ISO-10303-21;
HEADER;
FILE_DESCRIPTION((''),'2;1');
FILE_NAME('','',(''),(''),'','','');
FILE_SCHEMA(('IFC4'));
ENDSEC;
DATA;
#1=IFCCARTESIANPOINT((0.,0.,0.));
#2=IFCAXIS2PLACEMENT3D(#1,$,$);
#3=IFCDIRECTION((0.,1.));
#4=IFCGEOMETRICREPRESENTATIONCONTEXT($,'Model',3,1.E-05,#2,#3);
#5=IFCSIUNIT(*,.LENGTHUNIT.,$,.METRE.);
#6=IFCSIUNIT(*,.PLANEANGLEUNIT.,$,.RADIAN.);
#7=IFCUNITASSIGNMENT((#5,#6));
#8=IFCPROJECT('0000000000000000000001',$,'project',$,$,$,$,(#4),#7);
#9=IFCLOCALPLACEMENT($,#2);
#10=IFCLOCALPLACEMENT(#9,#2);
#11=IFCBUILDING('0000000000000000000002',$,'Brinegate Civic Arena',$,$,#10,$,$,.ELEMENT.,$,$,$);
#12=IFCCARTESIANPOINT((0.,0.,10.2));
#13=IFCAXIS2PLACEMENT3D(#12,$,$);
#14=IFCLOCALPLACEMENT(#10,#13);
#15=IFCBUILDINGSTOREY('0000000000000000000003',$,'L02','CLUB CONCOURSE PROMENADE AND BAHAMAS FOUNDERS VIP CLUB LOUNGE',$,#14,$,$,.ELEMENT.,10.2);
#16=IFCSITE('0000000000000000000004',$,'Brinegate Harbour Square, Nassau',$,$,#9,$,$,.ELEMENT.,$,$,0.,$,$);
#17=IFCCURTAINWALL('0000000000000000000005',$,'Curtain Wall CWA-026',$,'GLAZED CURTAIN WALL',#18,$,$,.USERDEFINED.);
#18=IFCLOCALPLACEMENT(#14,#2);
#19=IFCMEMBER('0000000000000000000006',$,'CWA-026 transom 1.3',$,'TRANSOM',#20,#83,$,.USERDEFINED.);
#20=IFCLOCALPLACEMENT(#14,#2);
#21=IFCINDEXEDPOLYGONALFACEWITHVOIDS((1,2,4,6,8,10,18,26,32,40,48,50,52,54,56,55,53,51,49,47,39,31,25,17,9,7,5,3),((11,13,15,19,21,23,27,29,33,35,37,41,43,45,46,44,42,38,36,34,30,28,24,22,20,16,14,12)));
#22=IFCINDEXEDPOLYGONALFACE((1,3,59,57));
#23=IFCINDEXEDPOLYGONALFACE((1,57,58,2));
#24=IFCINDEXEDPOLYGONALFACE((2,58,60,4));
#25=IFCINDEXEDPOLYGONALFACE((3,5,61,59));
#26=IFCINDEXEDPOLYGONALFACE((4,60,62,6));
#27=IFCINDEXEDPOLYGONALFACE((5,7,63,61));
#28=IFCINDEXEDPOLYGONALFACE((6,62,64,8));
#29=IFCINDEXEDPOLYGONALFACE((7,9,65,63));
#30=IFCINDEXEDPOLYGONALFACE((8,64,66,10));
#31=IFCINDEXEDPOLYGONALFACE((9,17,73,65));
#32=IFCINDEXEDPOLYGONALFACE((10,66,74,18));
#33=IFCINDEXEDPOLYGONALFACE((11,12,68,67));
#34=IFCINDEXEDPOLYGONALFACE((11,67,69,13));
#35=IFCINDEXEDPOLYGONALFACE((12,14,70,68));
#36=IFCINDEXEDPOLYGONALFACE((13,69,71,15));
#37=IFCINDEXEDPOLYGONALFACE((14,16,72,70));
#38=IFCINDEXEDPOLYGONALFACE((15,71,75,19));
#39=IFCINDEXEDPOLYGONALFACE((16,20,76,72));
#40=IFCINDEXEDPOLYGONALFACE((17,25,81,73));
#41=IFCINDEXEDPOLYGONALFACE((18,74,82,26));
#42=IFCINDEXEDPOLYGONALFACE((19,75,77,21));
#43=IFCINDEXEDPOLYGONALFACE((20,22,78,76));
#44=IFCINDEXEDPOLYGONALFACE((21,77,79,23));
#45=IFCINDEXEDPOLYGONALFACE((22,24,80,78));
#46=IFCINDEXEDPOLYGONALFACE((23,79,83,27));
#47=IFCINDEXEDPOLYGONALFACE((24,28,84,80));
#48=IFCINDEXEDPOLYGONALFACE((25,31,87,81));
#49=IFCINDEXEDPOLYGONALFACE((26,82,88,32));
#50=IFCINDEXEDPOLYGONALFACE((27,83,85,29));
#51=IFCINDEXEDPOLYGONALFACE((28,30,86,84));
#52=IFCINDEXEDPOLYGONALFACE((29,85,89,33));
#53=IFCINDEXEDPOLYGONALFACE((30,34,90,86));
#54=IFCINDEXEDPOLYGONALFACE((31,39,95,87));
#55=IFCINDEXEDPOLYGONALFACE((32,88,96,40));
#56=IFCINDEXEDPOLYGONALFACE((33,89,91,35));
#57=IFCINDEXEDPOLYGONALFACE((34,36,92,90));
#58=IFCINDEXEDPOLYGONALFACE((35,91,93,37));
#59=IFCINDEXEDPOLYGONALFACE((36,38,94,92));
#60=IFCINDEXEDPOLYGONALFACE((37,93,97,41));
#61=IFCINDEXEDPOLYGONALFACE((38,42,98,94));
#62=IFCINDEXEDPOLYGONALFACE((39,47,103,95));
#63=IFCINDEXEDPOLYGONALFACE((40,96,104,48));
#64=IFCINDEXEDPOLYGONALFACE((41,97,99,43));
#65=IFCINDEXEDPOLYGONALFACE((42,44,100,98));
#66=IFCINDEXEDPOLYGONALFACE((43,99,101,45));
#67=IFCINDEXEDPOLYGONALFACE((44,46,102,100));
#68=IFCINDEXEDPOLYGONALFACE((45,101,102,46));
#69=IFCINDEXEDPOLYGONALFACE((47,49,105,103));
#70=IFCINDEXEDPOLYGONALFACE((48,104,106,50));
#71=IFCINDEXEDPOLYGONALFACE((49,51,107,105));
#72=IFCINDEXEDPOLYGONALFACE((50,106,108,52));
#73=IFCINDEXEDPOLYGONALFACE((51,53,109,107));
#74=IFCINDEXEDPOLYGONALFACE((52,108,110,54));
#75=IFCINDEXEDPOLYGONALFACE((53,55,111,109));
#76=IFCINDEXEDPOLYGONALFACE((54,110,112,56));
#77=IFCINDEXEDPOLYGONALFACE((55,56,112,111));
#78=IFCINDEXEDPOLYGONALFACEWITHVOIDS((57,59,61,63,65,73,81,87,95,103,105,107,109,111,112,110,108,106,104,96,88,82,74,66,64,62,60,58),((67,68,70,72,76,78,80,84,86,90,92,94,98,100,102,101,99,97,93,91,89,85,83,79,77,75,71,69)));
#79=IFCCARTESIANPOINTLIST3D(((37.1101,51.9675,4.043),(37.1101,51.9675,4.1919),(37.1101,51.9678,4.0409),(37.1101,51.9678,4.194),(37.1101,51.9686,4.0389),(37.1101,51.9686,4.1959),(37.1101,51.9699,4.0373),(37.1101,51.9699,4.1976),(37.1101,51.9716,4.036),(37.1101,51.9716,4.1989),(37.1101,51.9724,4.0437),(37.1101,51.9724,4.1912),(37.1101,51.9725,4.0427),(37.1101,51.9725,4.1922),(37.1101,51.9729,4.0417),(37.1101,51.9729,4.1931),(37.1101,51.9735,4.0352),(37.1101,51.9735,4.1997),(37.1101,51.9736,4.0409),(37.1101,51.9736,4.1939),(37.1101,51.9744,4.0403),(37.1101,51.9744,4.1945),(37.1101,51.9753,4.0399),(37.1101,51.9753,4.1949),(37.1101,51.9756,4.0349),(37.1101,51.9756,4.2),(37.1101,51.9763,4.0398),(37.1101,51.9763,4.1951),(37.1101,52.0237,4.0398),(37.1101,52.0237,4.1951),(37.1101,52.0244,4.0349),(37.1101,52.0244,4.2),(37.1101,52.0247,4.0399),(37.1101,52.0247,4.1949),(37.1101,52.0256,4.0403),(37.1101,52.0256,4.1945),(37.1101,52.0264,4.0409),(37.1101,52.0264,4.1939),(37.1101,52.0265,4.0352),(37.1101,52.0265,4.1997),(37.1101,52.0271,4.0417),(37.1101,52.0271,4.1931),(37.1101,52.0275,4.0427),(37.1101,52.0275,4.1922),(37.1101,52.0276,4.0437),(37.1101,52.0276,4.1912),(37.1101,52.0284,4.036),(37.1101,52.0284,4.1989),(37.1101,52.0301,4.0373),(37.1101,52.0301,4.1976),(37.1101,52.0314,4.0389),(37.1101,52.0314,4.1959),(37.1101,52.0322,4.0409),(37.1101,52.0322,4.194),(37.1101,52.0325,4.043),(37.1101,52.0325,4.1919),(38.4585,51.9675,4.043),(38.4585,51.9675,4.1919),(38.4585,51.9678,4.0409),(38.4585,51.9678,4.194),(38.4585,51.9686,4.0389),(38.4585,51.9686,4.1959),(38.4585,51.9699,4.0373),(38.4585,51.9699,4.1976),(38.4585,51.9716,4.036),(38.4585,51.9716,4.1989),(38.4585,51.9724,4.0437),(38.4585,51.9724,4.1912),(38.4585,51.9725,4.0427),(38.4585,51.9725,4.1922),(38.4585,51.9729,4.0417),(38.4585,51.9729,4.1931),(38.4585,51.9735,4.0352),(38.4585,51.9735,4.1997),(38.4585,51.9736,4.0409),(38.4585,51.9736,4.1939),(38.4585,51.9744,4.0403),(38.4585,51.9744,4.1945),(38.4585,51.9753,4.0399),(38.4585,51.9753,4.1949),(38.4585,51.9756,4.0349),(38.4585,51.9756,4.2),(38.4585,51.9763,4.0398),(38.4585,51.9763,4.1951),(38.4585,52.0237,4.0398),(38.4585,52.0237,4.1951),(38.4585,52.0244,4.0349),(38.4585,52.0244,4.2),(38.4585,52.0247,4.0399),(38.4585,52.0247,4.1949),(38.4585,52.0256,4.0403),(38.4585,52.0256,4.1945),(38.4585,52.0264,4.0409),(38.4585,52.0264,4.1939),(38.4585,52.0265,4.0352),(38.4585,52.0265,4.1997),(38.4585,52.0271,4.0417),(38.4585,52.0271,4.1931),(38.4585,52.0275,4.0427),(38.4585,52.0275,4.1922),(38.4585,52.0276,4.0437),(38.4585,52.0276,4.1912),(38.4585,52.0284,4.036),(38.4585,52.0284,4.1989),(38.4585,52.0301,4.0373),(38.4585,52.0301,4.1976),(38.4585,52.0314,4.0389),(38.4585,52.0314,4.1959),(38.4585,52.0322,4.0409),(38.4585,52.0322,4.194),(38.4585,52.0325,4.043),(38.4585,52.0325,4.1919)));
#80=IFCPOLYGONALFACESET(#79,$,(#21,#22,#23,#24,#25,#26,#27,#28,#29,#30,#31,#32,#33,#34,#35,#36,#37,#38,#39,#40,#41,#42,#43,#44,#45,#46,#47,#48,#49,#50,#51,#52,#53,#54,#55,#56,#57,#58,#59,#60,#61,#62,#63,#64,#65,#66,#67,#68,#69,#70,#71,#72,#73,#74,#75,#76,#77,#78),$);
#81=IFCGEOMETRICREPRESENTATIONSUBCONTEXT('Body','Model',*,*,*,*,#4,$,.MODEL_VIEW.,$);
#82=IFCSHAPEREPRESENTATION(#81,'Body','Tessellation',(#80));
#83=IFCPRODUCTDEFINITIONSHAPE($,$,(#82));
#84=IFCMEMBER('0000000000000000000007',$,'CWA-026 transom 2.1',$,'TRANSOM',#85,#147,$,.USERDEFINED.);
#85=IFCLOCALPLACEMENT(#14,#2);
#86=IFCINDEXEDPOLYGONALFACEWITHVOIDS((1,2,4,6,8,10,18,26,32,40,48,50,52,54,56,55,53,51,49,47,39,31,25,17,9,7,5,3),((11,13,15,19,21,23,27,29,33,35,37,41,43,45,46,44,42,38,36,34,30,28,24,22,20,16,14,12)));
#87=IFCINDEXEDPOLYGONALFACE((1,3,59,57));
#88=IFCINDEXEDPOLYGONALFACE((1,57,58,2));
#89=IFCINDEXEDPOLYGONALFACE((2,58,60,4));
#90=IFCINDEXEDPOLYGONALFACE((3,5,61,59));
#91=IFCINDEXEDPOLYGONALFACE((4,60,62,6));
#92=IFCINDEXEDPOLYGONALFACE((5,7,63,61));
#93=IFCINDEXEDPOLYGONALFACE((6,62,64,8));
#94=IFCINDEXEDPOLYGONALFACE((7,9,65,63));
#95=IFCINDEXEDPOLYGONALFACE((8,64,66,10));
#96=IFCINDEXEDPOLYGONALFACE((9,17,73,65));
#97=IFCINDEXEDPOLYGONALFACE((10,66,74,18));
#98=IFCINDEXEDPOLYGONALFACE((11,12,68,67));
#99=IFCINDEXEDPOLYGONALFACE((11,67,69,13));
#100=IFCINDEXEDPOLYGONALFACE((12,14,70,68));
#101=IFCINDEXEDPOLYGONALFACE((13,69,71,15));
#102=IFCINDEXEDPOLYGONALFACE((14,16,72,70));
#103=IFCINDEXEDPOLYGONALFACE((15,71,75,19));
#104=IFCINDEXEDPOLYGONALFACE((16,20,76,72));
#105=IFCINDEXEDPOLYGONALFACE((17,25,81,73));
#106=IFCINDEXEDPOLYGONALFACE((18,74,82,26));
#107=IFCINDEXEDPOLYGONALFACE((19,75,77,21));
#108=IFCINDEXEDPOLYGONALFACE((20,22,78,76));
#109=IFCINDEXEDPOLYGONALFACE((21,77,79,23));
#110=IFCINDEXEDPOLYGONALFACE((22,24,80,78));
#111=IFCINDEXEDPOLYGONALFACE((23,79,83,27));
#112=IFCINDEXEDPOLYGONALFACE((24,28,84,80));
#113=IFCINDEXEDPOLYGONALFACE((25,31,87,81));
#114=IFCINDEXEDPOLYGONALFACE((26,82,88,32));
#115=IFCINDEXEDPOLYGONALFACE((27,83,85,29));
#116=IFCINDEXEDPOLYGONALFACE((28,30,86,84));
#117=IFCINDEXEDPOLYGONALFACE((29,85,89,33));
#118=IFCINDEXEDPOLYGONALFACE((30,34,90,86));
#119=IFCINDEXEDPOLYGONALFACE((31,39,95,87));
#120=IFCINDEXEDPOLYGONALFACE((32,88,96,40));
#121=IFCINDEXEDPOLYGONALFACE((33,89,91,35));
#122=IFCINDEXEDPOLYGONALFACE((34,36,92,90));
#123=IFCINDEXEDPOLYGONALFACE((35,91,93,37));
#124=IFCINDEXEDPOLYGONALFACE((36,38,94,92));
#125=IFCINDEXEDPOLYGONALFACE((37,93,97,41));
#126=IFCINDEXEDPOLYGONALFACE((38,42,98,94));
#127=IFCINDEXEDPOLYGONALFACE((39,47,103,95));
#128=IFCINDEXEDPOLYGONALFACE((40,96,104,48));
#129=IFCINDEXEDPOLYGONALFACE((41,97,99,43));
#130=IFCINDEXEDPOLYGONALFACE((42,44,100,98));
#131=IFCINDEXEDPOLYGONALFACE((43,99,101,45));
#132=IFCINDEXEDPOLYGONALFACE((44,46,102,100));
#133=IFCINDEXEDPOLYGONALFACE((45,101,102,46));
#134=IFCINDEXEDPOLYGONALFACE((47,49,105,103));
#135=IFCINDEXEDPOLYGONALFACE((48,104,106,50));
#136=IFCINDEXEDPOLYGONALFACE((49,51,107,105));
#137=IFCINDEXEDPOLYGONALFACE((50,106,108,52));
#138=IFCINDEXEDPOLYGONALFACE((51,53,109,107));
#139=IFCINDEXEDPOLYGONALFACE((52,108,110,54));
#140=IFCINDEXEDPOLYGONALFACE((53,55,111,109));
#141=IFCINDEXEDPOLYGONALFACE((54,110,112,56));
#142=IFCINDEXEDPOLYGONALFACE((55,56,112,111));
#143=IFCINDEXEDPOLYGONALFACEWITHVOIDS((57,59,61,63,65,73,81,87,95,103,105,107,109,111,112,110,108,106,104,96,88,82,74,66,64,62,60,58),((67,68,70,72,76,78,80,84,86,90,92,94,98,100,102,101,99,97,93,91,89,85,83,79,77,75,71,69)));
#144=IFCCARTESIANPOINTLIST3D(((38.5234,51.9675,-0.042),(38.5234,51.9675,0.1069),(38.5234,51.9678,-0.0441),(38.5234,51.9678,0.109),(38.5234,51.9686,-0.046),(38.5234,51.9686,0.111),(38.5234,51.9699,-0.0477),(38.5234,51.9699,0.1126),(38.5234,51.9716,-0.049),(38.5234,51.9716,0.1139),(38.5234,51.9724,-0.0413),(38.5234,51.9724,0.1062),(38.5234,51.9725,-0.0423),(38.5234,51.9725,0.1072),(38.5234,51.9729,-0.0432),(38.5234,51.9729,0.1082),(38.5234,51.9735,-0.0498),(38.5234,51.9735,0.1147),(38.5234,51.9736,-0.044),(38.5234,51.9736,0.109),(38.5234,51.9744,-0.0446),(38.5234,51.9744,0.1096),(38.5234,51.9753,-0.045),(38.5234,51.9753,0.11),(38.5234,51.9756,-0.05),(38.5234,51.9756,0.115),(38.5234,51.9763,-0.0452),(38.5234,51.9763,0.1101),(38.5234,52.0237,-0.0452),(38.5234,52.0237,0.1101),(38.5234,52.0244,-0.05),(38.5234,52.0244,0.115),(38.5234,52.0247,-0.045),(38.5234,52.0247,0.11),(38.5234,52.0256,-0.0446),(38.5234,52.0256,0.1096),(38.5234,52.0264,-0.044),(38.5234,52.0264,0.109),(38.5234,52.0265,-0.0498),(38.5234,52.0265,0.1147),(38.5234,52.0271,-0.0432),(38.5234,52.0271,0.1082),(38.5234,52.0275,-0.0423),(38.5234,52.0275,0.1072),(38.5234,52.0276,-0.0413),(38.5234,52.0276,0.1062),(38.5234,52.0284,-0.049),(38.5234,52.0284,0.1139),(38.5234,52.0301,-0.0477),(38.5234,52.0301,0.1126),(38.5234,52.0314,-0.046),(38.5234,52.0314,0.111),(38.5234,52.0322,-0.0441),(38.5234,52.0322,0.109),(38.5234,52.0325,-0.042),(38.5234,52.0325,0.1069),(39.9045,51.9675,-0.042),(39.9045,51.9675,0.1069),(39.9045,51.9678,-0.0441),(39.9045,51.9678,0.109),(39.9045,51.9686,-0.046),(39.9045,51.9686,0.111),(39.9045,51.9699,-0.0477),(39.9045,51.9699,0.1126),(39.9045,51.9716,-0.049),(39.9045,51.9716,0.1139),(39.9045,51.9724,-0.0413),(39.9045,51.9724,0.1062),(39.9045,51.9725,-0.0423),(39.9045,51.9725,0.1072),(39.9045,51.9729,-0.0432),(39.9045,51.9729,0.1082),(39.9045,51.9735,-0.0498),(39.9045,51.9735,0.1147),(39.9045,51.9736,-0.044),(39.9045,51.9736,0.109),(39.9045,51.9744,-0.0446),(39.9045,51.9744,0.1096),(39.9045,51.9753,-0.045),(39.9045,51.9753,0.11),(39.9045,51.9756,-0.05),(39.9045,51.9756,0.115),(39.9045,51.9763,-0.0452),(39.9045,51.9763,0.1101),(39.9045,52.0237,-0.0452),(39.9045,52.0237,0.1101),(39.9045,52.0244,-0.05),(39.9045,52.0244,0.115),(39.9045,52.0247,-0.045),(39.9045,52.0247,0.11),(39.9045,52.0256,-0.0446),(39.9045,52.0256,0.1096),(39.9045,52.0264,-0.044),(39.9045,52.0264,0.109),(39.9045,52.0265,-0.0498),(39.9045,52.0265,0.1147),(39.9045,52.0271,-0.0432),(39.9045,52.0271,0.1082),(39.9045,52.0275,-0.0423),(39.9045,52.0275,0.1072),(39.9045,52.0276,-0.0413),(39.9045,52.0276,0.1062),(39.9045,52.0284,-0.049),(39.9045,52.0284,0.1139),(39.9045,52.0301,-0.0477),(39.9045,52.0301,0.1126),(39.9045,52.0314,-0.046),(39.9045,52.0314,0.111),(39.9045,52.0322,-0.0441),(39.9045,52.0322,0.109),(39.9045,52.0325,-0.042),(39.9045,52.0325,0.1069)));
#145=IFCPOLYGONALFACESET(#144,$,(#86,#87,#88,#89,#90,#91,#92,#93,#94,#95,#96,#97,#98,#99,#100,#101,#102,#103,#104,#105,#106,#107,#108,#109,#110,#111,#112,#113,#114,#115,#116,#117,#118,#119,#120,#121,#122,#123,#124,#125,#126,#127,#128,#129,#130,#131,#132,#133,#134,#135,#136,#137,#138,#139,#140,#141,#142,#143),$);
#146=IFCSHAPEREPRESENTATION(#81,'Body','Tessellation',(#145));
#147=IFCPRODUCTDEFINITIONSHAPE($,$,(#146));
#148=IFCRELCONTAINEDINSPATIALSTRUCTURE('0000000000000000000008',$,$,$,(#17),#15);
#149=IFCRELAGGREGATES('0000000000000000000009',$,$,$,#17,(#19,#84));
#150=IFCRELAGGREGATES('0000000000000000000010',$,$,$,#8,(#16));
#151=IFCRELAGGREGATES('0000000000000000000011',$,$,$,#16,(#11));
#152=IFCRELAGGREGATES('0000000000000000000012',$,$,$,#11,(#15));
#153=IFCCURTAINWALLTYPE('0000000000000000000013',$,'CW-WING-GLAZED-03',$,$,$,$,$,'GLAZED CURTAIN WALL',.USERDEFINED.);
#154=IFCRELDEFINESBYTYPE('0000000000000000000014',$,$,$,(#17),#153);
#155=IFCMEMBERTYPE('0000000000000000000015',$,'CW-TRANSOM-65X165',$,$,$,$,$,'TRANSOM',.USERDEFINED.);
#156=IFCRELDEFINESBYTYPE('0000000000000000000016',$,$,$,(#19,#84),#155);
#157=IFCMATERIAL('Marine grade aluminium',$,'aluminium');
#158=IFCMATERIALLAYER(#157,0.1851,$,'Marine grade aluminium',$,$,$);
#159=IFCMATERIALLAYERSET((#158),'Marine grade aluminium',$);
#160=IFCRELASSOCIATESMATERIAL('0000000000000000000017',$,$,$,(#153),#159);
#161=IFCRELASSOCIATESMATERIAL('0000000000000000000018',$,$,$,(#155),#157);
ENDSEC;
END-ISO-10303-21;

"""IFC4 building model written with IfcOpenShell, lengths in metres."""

from ifc_helpers import new_model, si_unit, direction, frame, origin, origin_2d, place, context, subcontext, project, spatial, hollow_rectangle, extrude, material, layer, layer_set, material_profile, profile_set, type_object, element, aggregate, save


model = new_model("IFC4")

# Units and contexts
model_context = context("Model", 3, precision=1e-05, world=origin(), true_north=direction((0.0, 1.0)))
body_context = subcontext(model_context, "Body", "Model", "MODEL_VIEW")
ifc_project = project(units=[si_unit("LENGTHUNIT", "METRE"), si_unit("PLANEANGLEUNIT", "RADIAN")], contexts=[model_context])

# Site, building, storey
site_placement = place(None, origin())
site = spatial("IfcSite", under=ifc_project, at=site_placement, Name="Brinegate Harbour Square, Nassau", CompositionType="ELEMENT", RefElevation=0.0)
building_placement = place(site_placement, origin())
building = spatial("IfcBuilding", under=site, at=building_placement, Name="Brinegate Civic Arena", CompositionType="ELEMENT")
storey_placement = place(building_placement, frame((0.0, 0.0, 10.2)))
storey = spatial("IfcBuildingStorey", under=building, at=storey_placement, Name="L02", Description="CLUB CONCOURSE PROMENADE AND BAHAMAS FOUNDERS VIP CLUB LOUNGE", CompositionType="ELEMENT", Elevation=10.2)

# Curtain wall
ifc_material_1 = material(Name="Marine grade aluminium", Category="aluminium")
ifc_layer_1 = layer(ifc_material_1, 0.1851, Name="Marine grade aluminium")
ifc_layer_set_1 = layer_set([ifc_layer_1], Name="Marine grade aluminium")
curtain_wall_type = type_object("IfcCurtainWallType", Name="CW-WING-GLAZED-03", ElementType="GLAZED CURTAIN WALL", PredefinedType="USERDEFINED", material=ifc_layer_set_1)
curtain_wall_1_placement = place(storey_placement, origin())
curtain_wall_1 = element("IfcCurtainWall", 1, at=curtain_wall_1_placement, inside=storey, type_object=curtain_wall_type, Name="Curtain Wall CWA-026", ObjectType="GLAZED CURTAIN WALL", PredefinedType="USERDEFINED")

# Members
ifc_material_profile_1 = material_profile(ifc_material_1, hollow_rectangle(XDim=0.0649, YDim=0.165, WallThickness=0.0049, InnerFilletRadius=0.0039, OuterFilletRadius=0.0081, at=origin_2d()), Name="TRN65X165")
ifc_profile_set_1 = profile_set([ifc_material_profile_1], Name="Marine grade aluminium")
member_type_1 = type_object("IfcMemberType", Name="CW-TRANSOM-65X165", ElementType="TRANSOM", PredefinedType="USERDEFINED", material=ifc_profile_set_1)
member_1_placement = place(storey_placement, frame((37.1101, 52.0, 4.1174), z_axis=(1.0, 0.0, 0.0), x_axis=(0.0, 1.0, 0.0)))
member_1 = element("IfcMember", 2, at=member_1_placement, type_object=member_type_1, Name="CWA-026 transom 1.3", ObjectType="TRANSOM", PredefinedType="USERDEFINED", context=body_context, shape_type="SweptSolid", body=[
    extrude(hollow_rectangle(XDim=0.0649, YDim=0.165, WallThickness=0.0049, InnerFilletRadius=0.0039, OuterFilletRadius=0.0081, at=origin_2d()), origin(), (0.0, 0.0, 1.0), 1.3484),
])
member_2_placement = place(storey_placement, frame((38.5234, 52.0, 0.0325), z_axis=(1.0, 0.0, 0.0), x_axis=(0.0, 1.0, 0.0)))
member_2 = element("IfcMember", 3, at=member_2_placement, type_object=member_type_1, Name="CWA-026 transom 2.1", ObjectType="TRANSOM", PredefinedType="USERDEFINED", context=body_context, shape_type="SweptSolid", body=[
    extrude(hollow_rectangle(XDim=0.0649, YDim=0.165, WallThickness=0.0049, InnerFilletRadius=0.0039, OuterFilletRadius=0.0081, at=origin_2d()), origin(), (0.0, 0.0, 1.0), 1.3811),
])

aggregate(curtain_wall_1, [member_1, member_2])

save(model, "model.ifc")
